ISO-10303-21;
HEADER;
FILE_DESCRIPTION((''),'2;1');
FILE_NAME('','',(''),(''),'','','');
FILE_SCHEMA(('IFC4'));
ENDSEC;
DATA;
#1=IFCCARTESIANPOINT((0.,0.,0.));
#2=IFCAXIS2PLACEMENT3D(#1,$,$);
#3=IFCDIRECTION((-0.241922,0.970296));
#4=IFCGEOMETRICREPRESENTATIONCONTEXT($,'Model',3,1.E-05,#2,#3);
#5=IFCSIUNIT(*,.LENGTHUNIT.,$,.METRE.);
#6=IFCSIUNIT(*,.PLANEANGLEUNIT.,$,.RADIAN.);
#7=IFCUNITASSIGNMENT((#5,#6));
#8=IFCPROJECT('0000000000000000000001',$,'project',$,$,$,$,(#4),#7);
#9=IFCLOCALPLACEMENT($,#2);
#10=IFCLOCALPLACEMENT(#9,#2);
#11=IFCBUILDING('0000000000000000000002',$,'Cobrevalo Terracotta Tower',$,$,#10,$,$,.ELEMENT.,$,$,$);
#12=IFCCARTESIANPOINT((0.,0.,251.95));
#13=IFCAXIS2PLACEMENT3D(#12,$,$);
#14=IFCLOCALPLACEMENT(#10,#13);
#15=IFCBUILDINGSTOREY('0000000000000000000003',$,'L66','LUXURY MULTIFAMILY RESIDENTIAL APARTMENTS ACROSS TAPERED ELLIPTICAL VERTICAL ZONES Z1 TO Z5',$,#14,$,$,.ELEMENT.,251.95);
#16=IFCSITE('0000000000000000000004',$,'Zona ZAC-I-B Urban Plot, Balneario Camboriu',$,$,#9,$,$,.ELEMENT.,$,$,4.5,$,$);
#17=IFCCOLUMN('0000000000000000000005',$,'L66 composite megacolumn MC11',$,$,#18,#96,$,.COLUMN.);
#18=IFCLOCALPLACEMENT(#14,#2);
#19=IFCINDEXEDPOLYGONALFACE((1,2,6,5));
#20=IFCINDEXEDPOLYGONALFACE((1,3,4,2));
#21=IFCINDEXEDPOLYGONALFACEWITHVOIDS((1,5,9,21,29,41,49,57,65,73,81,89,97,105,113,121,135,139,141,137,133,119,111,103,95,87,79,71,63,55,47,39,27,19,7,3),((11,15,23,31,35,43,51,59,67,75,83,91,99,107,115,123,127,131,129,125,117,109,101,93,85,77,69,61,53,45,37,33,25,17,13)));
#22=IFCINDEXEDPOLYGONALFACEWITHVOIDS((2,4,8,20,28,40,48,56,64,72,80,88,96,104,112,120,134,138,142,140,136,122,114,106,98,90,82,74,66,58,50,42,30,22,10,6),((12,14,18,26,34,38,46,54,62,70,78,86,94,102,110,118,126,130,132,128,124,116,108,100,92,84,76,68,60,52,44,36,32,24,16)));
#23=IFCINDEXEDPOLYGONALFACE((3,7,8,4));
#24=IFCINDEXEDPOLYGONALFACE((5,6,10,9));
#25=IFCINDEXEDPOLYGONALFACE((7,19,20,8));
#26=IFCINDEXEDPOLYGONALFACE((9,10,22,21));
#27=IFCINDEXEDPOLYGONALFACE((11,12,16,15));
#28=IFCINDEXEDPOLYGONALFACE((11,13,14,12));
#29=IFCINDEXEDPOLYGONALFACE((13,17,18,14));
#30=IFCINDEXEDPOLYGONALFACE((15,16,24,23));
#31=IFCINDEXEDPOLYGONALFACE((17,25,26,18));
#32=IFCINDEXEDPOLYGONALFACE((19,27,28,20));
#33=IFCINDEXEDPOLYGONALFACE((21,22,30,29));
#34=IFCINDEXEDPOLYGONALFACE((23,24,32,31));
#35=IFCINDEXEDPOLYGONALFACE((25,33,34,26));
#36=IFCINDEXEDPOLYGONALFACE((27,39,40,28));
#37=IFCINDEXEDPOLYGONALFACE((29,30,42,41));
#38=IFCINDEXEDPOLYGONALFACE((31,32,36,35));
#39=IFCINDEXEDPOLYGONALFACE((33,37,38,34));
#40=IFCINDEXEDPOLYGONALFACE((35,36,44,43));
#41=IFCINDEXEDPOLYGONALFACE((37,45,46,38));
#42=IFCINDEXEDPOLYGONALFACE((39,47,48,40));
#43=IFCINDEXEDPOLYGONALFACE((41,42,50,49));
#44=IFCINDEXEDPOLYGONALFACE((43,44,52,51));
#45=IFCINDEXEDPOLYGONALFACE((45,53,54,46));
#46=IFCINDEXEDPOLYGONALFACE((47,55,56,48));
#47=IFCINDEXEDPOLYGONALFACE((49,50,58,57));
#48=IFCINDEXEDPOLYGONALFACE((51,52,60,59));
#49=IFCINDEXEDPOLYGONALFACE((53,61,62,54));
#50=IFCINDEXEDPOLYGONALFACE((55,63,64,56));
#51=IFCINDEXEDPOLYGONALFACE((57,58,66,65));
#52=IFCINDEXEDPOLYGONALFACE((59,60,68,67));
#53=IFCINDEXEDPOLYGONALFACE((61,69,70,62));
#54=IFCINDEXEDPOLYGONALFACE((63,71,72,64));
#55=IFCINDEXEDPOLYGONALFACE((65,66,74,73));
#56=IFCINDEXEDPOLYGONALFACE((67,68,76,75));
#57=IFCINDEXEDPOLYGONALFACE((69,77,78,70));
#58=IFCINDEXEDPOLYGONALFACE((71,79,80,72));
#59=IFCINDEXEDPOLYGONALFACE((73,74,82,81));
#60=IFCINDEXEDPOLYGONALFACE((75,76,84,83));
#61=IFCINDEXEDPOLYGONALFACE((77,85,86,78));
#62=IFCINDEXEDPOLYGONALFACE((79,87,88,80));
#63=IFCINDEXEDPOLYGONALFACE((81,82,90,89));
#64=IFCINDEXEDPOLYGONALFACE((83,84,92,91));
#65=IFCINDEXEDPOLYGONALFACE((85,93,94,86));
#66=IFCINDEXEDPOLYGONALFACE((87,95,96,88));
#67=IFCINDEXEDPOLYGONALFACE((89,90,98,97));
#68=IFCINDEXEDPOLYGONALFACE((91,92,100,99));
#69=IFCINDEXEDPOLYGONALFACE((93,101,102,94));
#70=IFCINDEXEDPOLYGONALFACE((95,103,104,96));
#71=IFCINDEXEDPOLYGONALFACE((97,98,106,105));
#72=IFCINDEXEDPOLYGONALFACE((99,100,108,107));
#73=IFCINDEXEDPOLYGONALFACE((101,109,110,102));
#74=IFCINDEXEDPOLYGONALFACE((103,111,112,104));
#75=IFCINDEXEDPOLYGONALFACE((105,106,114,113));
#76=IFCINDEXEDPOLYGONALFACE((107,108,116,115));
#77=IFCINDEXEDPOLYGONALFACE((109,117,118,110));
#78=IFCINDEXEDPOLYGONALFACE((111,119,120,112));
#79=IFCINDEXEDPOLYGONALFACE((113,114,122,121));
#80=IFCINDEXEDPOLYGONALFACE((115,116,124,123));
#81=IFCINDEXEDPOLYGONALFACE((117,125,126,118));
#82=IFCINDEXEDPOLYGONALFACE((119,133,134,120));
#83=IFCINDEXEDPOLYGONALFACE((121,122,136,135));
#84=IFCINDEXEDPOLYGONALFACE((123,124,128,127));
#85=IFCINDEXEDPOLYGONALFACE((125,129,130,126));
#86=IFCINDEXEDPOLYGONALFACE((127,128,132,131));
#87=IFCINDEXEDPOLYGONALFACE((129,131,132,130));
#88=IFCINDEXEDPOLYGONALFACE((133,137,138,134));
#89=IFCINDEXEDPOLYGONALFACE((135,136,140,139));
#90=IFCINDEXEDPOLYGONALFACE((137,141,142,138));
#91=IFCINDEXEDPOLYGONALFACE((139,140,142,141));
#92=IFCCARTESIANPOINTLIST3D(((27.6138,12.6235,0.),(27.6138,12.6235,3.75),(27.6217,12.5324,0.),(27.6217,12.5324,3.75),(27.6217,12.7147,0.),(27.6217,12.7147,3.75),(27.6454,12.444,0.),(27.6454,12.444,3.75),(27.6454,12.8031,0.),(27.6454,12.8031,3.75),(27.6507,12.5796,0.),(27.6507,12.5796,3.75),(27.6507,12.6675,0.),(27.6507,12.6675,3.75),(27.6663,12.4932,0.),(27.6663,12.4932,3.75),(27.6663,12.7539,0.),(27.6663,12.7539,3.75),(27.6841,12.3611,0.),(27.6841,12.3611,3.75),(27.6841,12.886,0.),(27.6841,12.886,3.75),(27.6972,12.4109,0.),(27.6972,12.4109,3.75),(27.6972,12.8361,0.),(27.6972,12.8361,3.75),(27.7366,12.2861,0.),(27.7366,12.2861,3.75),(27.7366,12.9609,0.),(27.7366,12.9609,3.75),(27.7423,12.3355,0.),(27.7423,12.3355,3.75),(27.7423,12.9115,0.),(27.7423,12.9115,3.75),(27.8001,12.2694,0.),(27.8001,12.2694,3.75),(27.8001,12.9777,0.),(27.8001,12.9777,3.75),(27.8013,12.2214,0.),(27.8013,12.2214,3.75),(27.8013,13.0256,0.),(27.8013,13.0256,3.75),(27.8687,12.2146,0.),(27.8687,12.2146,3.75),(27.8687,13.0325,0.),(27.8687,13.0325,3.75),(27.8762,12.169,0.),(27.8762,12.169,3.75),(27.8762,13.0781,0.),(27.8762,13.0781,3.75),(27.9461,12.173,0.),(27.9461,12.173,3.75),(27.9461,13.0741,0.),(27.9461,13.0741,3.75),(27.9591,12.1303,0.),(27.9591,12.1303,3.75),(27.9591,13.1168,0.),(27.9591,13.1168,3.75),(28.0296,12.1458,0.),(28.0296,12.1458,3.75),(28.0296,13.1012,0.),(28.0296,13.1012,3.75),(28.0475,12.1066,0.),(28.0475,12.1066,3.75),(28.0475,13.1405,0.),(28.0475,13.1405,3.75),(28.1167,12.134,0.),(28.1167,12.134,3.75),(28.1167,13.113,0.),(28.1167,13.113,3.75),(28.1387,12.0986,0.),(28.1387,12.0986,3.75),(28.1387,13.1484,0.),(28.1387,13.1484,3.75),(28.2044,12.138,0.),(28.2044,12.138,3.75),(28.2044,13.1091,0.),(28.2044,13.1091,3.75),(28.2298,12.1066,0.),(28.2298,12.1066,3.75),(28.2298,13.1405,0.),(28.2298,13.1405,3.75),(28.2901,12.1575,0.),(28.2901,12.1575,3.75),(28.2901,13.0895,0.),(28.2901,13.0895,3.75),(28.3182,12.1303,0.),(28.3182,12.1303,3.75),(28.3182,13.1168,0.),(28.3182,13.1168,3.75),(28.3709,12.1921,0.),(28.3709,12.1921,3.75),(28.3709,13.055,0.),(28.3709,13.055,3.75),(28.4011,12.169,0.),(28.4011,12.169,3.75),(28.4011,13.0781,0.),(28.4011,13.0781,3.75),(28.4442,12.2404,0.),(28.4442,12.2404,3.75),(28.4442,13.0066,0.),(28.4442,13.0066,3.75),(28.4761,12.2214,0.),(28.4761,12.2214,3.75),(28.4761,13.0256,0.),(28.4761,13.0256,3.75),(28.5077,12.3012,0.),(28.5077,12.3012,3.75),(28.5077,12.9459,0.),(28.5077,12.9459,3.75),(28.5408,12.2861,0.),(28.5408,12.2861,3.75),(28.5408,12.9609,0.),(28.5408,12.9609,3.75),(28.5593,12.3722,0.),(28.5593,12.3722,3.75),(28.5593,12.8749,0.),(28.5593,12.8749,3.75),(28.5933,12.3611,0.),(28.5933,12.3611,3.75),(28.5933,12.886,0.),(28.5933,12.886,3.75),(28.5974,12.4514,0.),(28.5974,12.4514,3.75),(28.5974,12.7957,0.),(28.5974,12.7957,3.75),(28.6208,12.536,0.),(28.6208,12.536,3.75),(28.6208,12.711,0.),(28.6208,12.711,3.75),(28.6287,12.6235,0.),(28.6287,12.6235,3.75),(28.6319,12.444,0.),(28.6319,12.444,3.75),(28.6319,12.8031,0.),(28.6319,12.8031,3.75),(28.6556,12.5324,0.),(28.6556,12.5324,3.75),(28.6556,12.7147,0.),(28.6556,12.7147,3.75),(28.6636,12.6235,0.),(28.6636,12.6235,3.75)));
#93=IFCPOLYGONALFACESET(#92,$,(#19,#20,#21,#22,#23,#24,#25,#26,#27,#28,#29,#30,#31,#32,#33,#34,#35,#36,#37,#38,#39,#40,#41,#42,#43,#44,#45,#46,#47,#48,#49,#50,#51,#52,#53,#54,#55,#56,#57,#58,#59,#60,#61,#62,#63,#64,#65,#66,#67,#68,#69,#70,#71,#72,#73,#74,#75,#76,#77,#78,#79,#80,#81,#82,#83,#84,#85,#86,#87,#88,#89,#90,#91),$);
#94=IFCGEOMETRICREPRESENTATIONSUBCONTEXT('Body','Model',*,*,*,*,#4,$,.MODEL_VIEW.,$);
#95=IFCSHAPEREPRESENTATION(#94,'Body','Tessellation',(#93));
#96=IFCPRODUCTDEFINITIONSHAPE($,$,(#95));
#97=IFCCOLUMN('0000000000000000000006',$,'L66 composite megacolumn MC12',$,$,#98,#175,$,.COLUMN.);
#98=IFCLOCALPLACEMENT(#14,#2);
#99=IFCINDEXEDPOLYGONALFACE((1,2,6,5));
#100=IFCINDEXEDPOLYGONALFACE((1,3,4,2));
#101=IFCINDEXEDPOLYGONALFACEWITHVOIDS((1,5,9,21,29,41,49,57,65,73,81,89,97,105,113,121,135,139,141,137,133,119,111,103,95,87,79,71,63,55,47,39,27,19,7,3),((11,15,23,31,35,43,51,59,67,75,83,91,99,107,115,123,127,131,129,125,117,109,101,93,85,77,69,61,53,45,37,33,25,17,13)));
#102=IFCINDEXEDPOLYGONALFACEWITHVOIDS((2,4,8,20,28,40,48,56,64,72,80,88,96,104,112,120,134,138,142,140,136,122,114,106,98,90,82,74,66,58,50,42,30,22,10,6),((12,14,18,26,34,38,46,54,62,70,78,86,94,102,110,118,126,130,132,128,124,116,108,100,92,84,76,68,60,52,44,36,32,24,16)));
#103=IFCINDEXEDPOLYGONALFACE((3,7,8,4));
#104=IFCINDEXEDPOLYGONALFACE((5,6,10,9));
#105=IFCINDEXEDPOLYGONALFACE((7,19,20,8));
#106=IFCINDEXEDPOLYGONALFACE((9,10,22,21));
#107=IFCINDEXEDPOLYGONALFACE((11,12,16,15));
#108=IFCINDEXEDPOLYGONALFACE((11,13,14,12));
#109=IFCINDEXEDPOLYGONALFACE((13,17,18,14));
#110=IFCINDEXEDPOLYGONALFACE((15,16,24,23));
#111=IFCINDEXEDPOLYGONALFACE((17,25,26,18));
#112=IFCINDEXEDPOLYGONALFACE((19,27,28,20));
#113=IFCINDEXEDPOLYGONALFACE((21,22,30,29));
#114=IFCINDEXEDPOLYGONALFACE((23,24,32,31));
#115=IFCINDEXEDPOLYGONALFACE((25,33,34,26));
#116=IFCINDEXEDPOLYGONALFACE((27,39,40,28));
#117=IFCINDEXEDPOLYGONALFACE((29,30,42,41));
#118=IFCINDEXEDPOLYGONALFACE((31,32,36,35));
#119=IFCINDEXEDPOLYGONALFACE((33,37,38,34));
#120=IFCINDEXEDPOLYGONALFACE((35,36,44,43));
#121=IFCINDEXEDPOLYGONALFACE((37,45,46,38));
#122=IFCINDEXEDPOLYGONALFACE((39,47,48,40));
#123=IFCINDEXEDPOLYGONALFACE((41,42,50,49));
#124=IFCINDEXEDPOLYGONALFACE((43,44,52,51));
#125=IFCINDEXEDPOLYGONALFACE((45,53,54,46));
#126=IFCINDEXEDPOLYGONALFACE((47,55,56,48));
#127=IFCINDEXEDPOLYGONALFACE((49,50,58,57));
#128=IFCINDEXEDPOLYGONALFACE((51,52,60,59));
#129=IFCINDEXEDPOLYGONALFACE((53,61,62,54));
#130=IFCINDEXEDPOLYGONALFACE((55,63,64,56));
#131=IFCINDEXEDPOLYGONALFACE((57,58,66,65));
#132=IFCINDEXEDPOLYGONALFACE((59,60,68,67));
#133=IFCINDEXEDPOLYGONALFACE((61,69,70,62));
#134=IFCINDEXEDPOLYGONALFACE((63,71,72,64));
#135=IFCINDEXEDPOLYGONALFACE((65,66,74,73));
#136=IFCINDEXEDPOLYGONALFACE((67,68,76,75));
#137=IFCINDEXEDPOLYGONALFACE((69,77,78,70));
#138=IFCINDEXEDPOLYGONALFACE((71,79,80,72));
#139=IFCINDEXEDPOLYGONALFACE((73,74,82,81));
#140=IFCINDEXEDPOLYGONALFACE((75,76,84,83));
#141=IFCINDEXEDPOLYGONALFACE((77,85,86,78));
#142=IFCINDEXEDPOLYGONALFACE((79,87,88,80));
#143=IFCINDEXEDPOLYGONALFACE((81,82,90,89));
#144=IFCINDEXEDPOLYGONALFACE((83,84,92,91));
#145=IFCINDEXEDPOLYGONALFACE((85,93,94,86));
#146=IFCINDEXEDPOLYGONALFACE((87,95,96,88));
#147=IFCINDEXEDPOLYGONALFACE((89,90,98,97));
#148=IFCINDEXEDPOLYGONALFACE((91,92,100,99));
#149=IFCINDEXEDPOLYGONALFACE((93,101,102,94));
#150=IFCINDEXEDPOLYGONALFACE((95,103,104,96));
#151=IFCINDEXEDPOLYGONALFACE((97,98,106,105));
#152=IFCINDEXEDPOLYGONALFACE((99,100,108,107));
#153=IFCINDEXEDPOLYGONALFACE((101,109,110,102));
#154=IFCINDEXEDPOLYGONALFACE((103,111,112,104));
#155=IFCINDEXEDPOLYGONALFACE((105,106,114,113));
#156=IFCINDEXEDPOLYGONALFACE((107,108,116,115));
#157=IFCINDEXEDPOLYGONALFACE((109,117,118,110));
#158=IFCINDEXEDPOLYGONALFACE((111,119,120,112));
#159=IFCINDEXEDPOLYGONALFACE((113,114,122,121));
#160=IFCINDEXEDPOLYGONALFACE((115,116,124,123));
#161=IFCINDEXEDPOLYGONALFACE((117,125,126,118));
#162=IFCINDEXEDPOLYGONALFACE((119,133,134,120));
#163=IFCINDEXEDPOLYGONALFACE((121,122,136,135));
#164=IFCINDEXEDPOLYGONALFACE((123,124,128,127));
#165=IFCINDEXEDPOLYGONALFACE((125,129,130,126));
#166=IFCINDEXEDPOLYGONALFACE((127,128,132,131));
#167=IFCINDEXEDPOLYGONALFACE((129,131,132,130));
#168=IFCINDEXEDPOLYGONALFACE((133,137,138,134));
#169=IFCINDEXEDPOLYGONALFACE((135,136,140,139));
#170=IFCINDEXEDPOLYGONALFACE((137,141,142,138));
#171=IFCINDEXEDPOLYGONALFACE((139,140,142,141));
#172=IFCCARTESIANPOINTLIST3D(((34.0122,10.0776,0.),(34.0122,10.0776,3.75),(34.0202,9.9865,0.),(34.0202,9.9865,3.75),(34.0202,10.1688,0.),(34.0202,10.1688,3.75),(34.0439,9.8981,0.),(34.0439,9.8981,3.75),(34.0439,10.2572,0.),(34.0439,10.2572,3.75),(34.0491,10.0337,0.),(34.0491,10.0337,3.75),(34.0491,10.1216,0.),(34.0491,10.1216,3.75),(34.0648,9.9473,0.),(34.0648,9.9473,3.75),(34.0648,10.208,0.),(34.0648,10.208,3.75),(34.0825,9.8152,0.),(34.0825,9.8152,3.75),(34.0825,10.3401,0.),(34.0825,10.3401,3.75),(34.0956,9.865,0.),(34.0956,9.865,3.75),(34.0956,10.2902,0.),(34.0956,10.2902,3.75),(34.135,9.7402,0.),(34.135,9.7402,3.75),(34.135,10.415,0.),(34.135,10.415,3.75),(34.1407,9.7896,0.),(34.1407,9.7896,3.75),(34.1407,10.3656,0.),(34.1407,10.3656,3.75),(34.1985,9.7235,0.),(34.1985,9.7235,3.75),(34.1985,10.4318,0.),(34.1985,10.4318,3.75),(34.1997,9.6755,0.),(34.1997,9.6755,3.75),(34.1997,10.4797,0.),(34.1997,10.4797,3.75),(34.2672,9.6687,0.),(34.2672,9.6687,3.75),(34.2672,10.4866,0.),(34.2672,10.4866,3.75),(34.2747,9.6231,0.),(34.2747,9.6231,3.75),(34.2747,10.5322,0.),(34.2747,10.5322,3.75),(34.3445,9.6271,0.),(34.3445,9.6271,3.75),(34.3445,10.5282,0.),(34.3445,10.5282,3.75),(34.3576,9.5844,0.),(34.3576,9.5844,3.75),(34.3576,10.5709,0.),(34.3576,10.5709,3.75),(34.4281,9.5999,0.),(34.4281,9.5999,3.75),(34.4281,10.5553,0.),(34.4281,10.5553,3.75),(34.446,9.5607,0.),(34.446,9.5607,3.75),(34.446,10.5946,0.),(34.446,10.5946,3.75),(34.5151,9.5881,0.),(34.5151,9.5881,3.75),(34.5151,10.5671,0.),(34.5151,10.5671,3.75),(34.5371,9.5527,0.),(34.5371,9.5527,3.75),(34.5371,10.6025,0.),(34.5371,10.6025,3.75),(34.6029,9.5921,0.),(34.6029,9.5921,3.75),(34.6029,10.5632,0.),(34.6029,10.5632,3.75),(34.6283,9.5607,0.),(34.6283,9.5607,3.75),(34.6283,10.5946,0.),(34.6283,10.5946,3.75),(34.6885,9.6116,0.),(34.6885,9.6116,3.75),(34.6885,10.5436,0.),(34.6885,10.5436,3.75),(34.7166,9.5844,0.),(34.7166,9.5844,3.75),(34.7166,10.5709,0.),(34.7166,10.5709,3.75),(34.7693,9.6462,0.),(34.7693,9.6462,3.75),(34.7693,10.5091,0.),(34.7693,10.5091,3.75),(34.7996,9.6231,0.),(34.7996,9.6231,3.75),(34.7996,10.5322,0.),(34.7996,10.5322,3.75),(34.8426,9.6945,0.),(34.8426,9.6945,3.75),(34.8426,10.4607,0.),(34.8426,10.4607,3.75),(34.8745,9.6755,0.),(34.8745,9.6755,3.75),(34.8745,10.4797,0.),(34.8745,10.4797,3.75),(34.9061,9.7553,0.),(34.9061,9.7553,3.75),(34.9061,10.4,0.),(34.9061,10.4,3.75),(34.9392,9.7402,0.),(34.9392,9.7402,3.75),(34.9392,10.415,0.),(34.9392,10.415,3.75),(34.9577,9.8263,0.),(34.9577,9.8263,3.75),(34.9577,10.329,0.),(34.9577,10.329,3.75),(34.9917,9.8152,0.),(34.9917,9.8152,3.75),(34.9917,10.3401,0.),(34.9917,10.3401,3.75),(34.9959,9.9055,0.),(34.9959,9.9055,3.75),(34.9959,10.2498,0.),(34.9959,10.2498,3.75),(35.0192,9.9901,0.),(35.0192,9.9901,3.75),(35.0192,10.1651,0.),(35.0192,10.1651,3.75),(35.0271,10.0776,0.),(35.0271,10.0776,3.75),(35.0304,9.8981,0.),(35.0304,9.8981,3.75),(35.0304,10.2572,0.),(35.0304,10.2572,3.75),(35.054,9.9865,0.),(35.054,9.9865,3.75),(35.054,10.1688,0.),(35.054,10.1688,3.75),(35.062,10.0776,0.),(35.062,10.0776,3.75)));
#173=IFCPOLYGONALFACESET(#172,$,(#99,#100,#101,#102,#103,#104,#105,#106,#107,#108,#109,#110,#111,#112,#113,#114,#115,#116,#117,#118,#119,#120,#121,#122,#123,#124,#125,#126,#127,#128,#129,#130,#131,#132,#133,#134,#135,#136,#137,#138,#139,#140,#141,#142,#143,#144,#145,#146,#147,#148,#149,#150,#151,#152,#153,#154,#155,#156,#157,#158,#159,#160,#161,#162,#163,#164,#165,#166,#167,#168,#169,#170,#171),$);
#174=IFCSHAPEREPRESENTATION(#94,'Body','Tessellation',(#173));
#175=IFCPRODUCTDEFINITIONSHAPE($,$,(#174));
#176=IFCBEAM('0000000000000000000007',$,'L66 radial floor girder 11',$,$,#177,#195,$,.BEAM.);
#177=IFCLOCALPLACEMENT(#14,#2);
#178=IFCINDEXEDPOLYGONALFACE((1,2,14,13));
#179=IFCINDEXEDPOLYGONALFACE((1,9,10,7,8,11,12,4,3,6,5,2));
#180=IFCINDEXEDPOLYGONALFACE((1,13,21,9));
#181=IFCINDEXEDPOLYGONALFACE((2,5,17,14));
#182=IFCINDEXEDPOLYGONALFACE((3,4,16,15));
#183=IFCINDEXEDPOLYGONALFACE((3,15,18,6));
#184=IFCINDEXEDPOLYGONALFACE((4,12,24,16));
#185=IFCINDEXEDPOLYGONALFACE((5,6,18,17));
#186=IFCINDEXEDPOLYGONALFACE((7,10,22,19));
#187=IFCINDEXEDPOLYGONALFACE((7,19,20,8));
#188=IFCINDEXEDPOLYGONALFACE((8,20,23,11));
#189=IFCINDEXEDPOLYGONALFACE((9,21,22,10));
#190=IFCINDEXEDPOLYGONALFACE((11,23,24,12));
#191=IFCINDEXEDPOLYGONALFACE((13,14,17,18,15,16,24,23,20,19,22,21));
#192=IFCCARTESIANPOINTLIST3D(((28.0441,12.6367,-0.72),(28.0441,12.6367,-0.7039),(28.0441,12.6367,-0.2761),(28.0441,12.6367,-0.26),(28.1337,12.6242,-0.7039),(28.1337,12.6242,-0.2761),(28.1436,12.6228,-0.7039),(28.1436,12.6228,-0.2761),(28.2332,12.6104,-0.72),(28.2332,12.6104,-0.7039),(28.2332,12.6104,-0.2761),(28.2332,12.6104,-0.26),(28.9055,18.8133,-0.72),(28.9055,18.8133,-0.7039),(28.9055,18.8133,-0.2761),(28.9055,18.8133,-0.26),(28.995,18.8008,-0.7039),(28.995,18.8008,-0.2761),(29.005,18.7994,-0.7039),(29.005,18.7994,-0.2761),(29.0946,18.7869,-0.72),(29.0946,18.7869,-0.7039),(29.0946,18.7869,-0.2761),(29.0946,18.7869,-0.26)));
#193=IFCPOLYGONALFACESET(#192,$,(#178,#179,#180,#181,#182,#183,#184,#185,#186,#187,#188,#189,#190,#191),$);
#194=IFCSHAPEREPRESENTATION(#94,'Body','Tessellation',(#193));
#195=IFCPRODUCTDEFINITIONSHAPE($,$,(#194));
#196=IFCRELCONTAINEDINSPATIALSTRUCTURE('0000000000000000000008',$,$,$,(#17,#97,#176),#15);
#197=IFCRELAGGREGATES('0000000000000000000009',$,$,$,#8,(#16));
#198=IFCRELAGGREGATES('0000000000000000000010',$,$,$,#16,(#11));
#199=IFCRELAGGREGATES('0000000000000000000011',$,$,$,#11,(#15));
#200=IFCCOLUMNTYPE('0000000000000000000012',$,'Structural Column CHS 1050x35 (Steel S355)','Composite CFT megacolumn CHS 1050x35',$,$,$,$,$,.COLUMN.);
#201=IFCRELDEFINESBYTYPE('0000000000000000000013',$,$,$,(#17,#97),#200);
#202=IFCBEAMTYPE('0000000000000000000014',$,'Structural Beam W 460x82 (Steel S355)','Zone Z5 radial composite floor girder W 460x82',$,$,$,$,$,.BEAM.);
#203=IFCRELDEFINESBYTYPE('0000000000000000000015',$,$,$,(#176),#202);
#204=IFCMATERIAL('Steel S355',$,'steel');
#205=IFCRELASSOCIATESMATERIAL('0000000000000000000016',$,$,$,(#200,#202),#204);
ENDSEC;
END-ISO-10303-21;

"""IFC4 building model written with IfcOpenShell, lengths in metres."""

from ifc_helpers import new_model, si_unit, direction, frame, origin, origin_2d, place, context, subcontext, project, spatial, hollow_circle, i_section, extrude, material, material_profile, profile_set, type_object, element, save


model = new_model("IFC4")

# Units and contexts
model_context = context("Model", 3, precision=1e-05, world=origin(), true_north=direction((-0.241922, 0.970296)))
body_context = subcontext(model_context, "Body", "Model", "MODEL_VIEW")
ifc_project = project(units=[si_unit("LENGTHUNIT", "METRE"), si_unit("PLANEANGLEUNIT", "RADIAN")], contexts=[model_context])

# Site, building, storey
site_placement = place(None, origin())
site = spatial("IfcSite", under=ifc_project, at=site_placement, Name="Zona ZAC-I-B Urban Plot, Balneario Camboriu", CompositionType="ELEMENT", RefElevation=4.5)
building_placement = place(site_placement, origin())
building = spatial("IfcBuilding", under=site, at=building_placement, Name="Cobrevalo Terracotta Tower", CompositionType="ELEMENT")
storey_placement = place(building_placement, frame((0.0, 0.0, 251.95)))
storey = spatial("IfcBuildingStorey", under=building, at=storey_placement, Name="L66", Description="LUXURY MULTIFAMILY RESIDENTIAL APARTMENTS ACROSS TAPERED ELLIPTICAL VERTICAL ZONES Z1 TO Z5", CompositionType="ELEMENT", Elevation=251.95)

# Columns
ifc_material_1 = material(Name="Steel S355", Category="steel")
ifc_material_profile_1 = material_profile(ifc_material_1, hollow_circle(Radius=0.5249, WallThickness=0.0349, at=origin_2d()), Name="CHS 1050x35")
ifc_profile_set_1 = profile_set([ifc_material_profile_1], Name="Steel S355")
column_type = type_object("IfcColumnType", Name="Structural Column CHS 1050x35 (Steel S355)", Description="Composite CFT megacolumn CHS 1050x35", PredefinedType="COLUMN", material=ifc_profile_set_1)
for number, where, z_axis, x_axis, name in (
    (1, (28.1387, 12.6235, 0.0), (0.0, 0.0, 1.0), (1.0, 0.0, 0.0), "L66 composite megacolumn MC11"),
    (2, (34.5371, 10.0776, 0.0), (0.0, 0.0, 1.0), (1.0, 0.0, 0.0), "L66 composite megacolumn MC12"),
):
    element("IfcColumn", number, at=place(storey_placement, frame(where, z_axis=z_axis, x_axis=x_axis)), inside=storey, type_object=column_type, Name=name, PredefinedType="COLUMN", context=body_context, shape_type="SweptSolid", body=[
        extrude(hollow_circle(Radius=0.5249, WallThickness=0.0349, at=origin_2d()), origin(), (0.0, 0.0, 1.0), 3.75),
    ])

# Beam
ifc_material_profile_2 = material_profile(ifc_material_1, i_section(OverallWidth=0.1909, OverallDepth=0.46, WebThickness=0.01, FlangeThickness=0.0161, at=origin_2d()), Name="W 460x82")
ifc_profile_set_2 = profile_set([ifc_material_profile_2], Name="Steel S355")
beam_type_1 = type_object("IfcBeamType", Name="Structural Beam W 460x82 (Steel S355)", Description="Zone Z5 radial composite floor girder W 460x82", PredefinedType="BEAM", material=ifc_profile_set_2)
beam_1_placement = place(storey_placement, frame((28.1387, 12.6235, -0.49), z_axis=(0.138116, 0.990416, 0.0), x_axis=(-0.990416, 0.138116, 0.0)))
element("IfcBeam", 3, at=beam_1_placement, inside=storey, type_object=beam_type_1, Name="L66 radial floor girder 11", PredefinedType="BEAM", context=body_context, shape_type="SweptSolid", body=[
    extrude(i_section(OverallWidth=0.1909, OverallDepth=0.46, WebThickness=0.01, FlangeThickness=0.0161, at=origin_2d()), origin(), (0.0, 0.0, 1.0), 6.2363),
])

save(model, "model.ifc")
